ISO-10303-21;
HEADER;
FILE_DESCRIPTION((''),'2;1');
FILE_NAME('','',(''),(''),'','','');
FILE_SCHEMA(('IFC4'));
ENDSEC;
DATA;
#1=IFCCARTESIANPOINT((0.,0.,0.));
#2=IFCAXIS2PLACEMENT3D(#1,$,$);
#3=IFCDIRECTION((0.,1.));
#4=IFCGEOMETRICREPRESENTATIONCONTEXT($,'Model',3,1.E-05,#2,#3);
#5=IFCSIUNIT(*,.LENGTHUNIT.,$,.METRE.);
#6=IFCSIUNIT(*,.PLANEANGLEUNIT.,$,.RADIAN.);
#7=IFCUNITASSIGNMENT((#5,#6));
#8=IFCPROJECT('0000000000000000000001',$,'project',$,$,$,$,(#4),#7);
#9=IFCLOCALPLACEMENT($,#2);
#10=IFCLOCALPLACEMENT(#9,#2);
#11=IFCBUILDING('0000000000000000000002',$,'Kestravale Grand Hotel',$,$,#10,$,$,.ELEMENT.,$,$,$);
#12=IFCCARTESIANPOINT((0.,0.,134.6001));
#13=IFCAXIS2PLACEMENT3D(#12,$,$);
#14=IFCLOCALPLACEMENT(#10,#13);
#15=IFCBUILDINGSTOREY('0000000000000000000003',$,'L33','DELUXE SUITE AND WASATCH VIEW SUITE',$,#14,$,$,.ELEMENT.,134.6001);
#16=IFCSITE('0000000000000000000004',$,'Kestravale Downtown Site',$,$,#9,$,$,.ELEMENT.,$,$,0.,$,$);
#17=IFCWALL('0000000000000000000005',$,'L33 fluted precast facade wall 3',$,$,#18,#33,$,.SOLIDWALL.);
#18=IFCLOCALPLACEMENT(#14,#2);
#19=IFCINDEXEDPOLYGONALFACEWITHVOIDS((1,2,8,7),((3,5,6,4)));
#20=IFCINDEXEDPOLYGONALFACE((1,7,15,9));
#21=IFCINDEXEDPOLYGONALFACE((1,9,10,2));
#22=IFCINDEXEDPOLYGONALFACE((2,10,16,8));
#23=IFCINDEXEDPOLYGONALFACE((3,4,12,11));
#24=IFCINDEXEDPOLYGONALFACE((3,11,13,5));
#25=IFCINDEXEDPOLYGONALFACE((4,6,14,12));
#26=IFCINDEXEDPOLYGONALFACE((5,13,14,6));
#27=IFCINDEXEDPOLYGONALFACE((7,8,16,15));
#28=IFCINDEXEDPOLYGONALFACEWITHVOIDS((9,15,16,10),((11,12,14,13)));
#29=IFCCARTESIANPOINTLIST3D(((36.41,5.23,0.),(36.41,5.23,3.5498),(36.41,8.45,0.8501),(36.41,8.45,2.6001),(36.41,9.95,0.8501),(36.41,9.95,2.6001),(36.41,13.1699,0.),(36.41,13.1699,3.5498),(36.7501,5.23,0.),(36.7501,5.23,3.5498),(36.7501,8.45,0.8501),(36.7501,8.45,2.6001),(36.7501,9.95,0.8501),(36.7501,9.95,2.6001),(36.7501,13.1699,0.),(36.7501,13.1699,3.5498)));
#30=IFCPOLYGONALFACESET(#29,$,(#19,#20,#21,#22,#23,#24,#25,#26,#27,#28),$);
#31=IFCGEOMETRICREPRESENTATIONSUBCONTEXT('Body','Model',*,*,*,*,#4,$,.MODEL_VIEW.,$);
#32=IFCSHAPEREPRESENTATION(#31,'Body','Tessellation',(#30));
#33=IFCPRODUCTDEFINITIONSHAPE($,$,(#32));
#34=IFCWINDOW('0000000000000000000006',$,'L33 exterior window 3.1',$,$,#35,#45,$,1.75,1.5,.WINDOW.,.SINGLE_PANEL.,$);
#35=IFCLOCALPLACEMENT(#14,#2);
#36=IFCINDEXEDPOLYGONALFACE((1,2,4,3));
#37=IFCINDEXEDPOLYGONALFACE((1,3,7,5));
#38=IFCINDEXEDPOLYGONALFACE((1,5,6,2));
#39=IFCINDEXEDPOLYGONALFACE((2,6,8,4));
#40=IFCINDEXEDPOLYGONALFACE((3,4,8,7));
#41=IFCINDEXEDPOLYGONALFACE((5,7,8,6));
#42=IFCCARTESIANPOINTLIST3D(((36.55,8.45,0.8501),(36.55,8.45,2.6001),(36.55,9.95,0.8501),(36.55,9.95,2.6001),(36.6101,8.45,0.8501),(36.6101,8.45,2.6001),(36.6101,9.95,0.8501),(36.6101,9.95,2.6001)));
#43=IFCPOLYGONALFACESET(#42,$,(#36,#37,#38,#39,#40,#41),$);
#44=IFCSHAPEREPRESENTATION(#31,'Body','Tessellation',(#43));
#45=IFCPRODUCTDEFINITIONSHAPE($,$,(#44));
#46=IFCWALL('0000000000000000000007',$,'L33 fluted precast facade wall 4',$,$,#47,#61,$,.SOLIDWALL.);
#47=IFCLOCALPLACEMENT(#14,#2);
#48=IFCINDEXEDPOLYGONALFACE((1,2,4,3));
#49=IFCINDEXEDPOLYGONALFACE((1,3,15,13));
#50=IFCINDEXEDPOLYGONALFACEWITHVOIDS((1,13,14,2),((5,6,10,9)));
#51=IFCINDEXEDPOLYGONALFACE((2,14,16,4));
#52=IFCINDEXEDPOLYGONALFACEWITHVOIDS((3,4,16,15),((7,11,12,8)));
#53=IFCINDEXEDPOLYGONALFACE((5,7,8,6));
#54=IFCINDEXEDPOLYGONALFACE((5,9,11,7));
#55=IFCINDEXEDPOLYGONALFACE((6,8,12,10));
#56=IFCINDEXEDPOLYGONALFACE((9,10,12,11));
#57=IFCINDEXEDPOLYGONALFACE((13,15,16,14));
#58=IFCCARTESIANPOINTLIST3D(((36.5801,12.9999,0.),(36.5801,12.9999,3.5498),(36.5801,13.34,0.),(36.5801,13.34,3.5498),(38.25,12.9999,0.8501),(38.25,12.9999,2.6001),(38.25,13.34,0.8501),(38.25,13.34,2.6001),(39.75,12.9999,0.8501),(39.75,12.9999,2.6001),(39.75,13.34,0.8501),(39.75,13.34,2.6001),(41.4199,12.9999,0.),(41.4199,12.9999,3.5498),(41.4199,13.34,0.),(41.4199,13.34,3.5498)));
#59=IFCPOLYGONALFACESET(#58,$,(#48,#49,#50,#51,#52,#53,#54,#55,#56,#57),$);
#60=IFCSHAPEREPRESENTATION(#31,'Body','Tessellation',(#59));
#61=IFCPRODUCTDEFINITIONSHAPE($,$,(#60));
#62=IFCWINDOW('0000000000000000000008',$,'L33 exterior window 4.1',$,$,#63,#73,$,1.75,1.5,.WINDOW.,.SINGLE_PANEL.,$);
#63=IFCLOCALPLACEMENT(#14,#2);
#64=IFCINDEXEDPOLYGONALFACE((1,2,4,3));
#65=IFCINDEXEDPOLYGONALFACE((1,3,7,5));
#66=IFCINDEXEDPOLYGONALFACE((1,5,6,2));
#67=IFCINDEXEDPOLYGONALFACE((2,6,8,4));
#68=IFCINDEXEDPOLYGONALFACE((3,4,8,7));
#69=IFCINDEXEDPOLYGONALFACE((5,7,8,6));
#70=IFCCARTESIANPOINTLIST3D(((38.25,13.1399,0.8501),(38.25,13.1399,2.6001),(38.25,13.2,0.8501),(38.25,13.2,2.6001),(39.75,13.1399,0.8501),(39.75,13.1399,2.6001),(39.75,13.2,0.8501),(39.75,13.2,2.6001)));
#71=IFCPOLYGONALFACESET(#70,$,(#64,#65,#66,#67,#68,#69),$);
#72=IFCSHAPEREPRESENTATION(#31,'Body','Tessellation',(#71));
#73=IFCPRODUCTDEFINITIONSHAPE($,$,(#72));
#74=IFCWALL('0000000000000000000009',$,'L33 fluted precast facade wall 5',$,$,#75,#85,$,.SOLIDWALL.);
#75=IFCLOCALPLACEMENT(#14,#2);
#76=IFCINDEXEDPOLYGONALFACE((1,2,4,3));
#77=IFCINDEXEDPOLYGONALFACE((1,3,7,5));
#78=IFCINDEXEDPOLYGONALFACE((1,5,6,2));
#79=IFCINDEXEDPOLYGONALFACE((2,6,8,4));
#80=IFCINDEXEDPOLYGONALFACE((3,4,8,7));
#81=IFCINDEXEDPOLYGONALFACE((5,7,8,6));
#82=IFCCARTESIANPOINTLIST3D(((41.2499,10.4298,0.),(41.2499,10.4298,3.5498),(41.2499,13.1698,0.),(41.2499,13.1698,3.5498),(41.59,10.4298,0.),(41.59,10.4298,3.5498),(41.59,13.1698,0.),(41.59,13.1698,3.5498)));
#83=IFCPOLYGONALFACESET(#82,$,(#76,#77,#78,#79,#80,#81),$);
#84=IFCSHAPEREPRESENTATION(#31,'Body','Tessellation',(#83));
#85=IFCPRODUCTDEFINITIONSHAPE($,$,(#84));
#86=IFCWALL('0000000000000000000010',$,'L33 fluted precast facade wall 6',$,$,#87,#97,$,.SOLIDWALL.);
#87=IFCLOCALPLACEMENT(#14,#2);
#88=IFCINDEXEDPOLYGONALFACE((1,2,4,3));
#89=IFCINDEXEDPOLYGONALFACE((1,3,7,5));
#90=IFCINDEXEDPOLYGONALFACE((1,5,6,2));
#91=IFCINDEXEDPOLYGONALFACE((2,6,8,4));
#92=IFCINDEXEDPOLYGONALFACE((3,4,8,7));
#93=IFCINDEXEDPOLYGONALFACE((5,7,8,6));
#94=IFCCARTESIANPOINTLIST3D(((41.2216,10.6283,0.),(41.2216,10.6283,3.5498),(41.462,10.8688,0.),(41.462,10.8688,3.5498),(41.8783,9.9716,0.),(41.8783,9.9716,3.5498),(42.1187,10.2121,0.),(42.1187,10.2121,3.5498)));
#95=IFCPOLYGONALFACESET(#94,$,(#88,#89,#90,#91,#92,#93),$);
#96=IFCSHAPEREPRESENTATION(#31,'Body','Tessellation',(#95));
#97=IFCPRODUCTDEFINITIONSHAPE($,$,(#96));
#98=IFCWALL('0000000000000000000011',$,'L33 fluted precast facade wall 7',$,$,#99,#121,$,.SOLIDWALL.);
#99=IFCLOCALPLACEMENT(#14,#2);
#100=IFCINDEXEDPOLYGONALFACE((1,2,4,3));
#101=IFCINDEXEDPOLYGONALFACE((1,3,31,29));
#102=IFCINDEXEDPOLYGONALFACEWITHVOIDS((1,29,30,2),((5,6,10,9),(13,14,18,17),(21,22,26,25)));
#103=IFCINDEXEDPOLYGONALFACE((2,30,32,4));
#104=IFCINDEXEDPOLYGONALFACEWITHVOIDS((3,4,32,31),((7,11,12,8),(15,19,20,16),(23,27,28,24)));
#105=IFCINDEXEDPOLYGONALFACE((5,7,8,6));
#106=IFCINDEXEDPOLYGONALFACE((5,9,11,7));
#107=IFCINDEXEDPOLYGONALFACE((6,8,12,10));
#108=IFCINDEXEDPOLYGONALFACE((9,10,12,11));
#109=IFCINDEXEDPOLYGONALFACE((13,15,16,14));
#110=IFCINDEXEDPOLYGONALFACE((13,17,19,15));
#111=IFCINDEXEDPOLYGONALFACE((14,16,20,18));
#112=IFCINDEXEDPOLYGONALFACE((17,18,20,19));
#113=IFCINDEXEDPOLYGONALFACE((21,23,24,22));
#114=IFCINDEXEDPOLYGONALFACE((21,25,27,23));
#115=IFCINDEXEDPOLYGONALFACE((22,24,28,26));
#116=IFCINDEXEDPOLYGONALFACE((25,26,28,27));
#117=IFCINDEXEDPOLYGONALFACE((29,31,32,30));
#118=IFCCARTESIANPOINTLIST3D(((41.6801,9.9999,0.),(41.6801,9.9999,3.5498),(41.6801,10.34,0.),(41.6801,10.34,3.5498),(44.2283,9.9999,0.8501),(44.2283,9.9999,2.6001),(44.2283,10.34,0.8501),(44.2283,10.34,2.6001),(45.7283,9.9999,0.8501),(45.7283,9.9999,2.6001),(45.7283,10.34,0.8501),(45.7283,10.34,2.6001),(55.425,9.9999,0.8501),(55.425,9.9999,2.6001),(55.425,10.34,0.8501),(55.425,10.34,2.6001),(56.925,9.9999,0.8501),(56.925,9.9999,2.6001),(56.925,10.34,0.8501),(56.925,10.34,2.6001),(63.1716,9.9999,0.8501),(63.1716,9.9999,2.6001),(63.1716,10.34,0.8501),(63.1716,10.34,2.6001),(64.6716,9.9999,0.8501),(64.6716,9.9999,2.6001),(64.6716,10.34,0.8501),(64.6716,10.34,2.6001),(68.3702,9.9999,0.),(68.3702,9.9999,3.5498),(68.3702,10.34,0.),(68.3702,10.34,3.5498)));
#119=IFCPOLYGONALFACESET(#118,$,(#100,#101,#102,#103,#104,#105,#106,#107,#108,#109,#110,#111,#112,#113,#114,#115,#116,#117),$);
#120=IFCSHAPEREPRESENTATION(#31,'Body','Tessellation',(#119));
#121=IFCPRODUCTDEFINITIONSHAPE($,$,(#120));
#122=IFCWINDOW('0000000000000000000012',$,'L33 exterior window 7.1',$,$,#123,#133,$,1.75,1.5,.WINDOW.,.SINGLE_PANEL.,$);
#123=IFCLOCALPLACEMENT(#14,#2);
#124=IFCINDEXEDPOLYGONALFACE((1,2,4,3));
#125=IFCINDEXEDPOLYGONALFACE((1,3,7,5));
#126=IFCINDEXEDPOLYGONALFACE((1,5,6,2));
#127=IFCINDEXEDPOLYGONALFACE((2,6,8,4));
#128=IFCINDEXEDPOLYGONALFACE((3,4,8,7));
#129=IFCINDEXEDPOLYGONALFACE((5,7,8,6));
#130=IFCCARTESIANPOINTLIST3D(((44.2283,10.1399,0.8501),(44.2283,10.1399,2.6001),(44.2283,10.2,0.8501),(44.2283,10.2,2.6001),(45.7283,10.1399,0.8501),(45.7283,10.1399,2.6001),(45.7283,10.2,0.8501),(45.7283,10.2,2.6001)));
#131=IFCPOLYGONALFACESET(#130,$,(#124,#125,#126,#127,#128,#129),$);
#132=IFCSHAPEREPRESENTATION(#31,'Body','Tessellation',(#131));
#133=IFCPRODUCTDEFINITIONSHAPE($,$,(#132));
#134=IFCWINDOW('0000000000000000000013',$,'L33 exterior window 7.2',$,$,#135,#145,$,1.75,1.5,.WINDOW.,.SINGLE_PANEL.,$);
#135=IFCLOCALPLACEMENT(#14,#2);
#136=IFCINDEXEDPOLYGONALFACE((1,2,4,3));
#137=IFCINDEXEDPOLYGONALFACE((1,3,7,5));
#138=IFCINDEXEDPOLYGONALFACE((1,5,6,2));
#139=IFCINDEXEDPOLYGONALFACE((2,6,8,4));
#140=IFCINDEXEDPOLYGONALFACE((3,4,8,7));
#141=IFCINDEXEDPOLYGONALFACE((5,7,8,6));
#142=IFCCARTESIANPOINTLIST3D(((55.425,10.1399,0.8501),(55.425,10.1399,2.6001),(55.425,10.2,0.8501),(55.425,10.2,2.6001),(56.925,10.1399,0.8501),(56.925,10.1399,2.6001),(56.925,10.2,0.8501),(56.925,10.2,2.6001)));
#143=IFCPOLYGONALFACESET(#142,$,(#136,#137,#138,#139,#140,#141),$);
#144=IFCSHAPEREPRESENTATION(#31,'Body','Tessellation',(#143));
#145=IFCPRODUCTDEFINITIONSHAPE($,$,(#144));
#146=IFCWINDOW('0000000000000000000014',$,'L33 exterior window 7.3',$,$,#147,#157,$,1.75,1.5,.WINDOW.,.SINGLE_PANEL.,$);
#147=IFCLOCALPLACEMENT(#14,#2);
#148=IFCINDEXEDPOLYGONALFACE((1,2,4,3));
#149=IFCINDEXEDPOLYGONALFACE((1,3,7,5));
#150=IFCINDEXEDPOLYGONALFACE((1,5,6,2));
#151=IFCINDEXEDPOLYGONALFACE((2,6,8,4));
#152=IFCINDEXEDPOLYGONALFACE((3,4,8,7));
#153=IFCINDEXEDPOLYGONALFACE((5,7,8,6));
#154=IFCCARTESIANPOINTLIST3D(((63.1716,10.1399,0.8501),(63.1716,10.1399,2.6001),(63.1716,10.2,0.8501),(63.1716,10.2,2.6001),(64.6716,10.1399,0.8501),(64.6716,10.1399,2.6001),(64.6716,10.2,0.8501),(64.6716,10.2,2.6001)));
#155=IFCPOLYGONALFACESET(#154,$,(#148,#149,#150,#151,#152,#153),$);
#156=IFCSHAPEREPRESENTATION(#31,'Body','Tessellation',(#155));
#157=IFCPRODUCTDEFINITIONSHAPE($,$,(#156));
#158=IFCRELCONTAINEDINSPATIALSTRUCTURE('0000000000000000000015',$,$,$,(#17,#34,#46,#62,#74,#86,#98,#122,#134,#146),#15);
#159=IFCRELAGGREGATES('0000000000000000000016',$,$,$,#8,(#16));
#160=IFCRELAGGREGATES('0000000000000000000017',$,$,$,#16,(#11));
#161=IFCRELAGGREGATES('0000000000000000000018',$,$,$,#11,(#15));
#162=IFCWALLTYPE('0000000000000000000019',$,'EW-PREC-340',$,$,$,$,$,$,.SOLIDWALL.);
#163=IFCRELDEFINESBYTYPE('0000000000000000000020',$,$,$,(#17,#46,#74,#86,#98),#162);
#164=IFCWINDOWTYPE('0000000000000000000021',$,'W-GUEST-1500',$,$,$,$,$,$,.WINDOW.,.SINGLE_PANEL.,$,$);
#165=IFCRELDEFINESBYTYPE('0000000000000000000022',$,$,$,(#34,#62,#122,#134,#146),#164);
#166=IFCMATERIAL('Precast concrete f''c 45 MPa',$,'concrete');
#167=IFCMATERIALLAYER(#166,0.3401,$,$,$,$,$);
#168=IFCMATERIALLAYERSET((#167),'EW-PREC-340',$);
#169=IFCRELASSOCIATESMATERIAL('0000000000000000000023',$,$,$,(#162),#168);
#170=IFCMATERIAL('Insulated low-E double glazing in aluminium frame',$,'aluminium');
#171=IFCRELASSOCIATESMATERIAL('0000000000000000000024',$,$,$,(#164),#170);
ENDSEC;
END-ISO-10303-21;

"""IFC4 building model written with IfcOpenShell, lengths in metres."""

from ifc_helpers import new_model, si_unit, direction, frame, frame_2d, origin, place, context, subcontext, project, spatial, rectangle, extrude, material, layer, layer_set, type_object, element, fill, save


model = new_model("IFC4")

# Units and contexts
model_context = context("Model", 3, precision=1e-05, world=origin(), true_north=direction((0.0, 1.0)))
body_context = subcontext(model_context, "Body", "Model", "MODEL_VIEW")
ifc_project = project(units=[si_unit("LENGTHUNIT", "METRE"), si_unit("PLANEANGLEUNIT", "RADIAN")], contexts=[model_context])

# Site, building, storey
site_placement = place(None, origin())
site = spatial("IfcSite", under=ifc_project, at=site_placement, Name="Kestravale Downtown Site", CompositionType="ELEMENT", RefElevation=0.0)
building_placement = place(site_placement, origin())
building = spatial("IfcBuilding", under=site, at=building_placement, Name="Kestravale Grand Hotel", CompositionType="ELEMENT")
storey_placement = place(building_placement, frame((0.0, 0.0, 134.6001)))
storey = spatial("IfcBuildingStorey", under=building, at=storey_placement, Name="L33", Description="DELUXE SUITE AND WASATCH VIEW SUITE", CompositionType="ELEMENT", Elevation=134.6001)

# Shared definitions
ifc_material_1 = material(Name="Precast concrete f'c 45 MPa", Category="concrete")
ifc_layer_1 = layer(ifc_material_1, 0.3401)
ifc_layer_set_1 = layer_set([ifc_layer_1], Name="EW-PREC-340")
wall_type_1 = type_object("IfcWallType", Name="EW-PREC-340", PredefinedType="SOLIDWALL", material=ifc_layer_set_1)

# Walls, openings, windows
wall_1_placement = place(storey_placement, frame((36.5801, 5.23, 0.0), z_axis=(0.0, 0.0, 1.0), x_axis=(0.0, 1.0, 0.0)))
wall_1 = element("IfcWall", 1, at=wall_1_placement, inside=storey, type_object=wall_type_1, Name="L33 fluted precast facade wall 3", PredefinedType="SOLIDWALL", context=body_context, shape_type="SweptSolid", body=[
    extrude(rectangle(XDim=7.9399, YDim=0.3401, at=frame_2d((3.97, 0.0))), origin(), (0.0, 0.0, 1.0), 3.5498),
])
opening_1_placement = place(wall_1_placement, frame((3.22, 0.0, 0.8501)))
opening_1 = element("IfcOpeningElement", 2, at=opening_1_placement, cuts=wall_1, PredefinedType="OPENING", context=body_context, shape_type="SweptSolid", body=[
    extrude(rectangle(XDim=1.5, YDim=1.75, at=frame_2d((0.75, 0.875))), frame((0.0, 0.1799, 0.0), z_axis=(0.0, -1.0, 0.0), x_axis=(1.0, 0.0, 0.0)), (0.0, 0.0, 1.0), 0.3601),
])
ifc_material_2 = material(Name="Insulated low-E double glazing in aluminium frame", Category="aluminium")
window_type = type_object("IfcWindowType", Name="W-GUEST-1500", PartitioningType="SINGLE_PANEL", PredefinedType="WINDOW", material=ifc_material_2)
window_1_placement = place(opening_1_placement, origin())
window_1 = element("IfcWindow", 3, at=window_1_placement, inside=storey, type_object=window_type, Name="L33 exterior window 3.1", OverallHeight=1.75, OverallWidth=1.5, PartitioningType="SINGLE_PANEL", PredefinedType="WINDOW", context=body_context, shape_type="SweptSolid", body=[
    extrude(rectangle(XDim=1.5, YDim=1.75, at=frame_2d((0.75, 0.875))), frame((0.0, 0.03, 0.0), z_axis=(0.0, -1.0, 0.0), x_axis=(1.0, 0.0, 0.0)), (0.0, 0.0, 1.0), 0.0601),
])
fill(opening_1, window_1)
wall_2_placement = place(storey_placement, frame((36.5801, 13.1699, 0.0), z_axis=(0.0, 0.0, 1.0), x_axis=(1.0, 0.0, 0.0)))
wall_2 = element("IfcWall", 4, at=wall_2_placement, inside=storey, type_object=wall_type_1, Name="L33 fluted precast facade wall 4", PredefinedType="SOLIDWALL", context=body_context, shape_type="SweptSolid", body=[
    extrude(rectangle(XDim=4.8398, YDim=0.3401, at=frame_2d((2.4199, 0.0))), origin(), (0.0, 0.0, 1.0), 3.5498),
])
opening_2_placement = place(wall_2_placement, frame((1.6699, 0.0, 0.8501)))
opening_2 = element("IfcOpeningElement", 5, at=opening_2_placement, cuts=wall_2, PredefinedType="OPENING", context=body_context, shape_type="SweptSolid", body=[
    extrude(rectangle(XDim=1.5, YDim=1.75, at=frame_2d((0.75, 0.875))), frame((0.0, 0.1799, 0.0), z_axis=(0.0, -1.0, 0.0), x_axis=(1.0, 0.0, 0.0)), (0.0, 0.0, 1.0), 0.3601),
])
window_2_placement = place(opening_2_placement, origin())
window_2 = element("IfcWindow", 6, at=window_2_placement, inside=storey, type_object=window_type, Name="L33 exterior window 4.1", OverallHeight=1.75, OverallWidth=1.5, PartitioningType="SINGLE_PANEL", PredefinedType="WINDOW", context=body_context, shape_type="SweptSolid", body=[
    extrude(rectangle(XDim=1.5, YDim=1.75, at=frame_2d((0.75, 0.875))), frame((0.0, 0.03, 0.0), z_axis=(0.0, -1.0, 0.0), x_axis=(1.0, 0.0, 0.0)), (0.0, 0.0, 1.0), 0.0601),
])
fill(opening_2, window_2)

# Walls
wall_3_placement = place(storey_placement, frame((41.4199, 13.1699, 0.0), z_axis=(0.0, 0.0, 1.0), x_axis=(0.0, -1.0, 0.0)))
element("IfcWall", 7, at=wall_3_placement, inside=storey, type_object=wall_type_1, Name="L33 fluted precast facade wall 5", PredefinedType="SOLIDWALL", context=body_context, shape_type="SweptSolid", body=[
    extrude(rectangle(XDim=2.74, YDim=0.3401, at=frame_2d((1.3701, 0.0))), origin(), (0.0, 0.0, 1.0), 3.5498),
])
wall_4_placement = place(storey_placement, frame((41.3418, 10.7485, 0.0), z_axis=(0.0, 0.0, 1.0), x_axis=(0.707107, -0.707107, 0.0)))
element("IfcWall", 8, at=wall_4_placement, inside=storey, type_object=wall_type_1, Name="L33 fluted precast facade wall 6", PredefinedType="SOLIDWALL", context=body_context, shape_type="SweptSolid", body=[
    extrude(rectangle(XDim=0.9287, YDim=0.3401, at=frame_2d((0.4644, 0.0))), origin(), (0.0, 0.0, 1.0), 3.5498),
])

# Wall, openings, windows
wall_5_placement = place(storey_placement, frame((41.6799, 10.1699, 0.0), z_axis=(0.0, 0.0, 1.0), x_axis=(1.0, 0.0, 0.0)))
wall_5 = element("IfcWall", 9, at=wall_5_placement, inside=storey, type_object=wall_type_1, Name="L33 fluted precast facade wall 7", PredefinedType="SOLIDWALL", context=body_context, shape_type="SweptSolid", body=[
    extrude(rectangle(XDim=26.6902, YDim=0.3401, at=frame_2d((13.3452, 0.0))), origin(), (0.0, 0.0, 1.0), 3.5498),
])
opening_3_placement = place(wall_5_placement, frame((2.5483, 0.0, 0.8501)))
opening_3 = element("IfcOpeningElement", 10, at=opening_3_placement, cuts=wall_5, PredefinedType="OPENING", context=body_context, shape_type="SweptSolid", body=[
    extrude(rectangle(XDim=1.5, YDim=1.75, at=frame_2d((0.75, 0.875))), frame((0.0, 0.1799, 0.0), z_axis=(0.0, -1.0, 0.0), x_axis=(1.0, 0.0, 0.0)), (0.0, 0.0, 1.0), 0.3601),
])
opening_4_placement = place(wall_5_placement, frame((13.7451, 0.0, 0.8501)))
opening_4 = element("IfcOpeningElement", 11, at=opening_4_placement, cuts=wall_5, PredefinedType="OPENING", context=body_context, shape_type="SweptSolid", body=[
    extrude(rectangle(XDim=1.5, YDim=1.75, at=frame_2d((0.75, 0.875))), frame((0.0, 0.1799, 0.0), z_axis=(0.0, -1.0, 0.0), x_axis=(1.0, 0.0, 0.0)), (0.0, 0.0, 1.0), 0.3601),
])
opening_5_placement = place(wall_5_placement, frame((21.4917, 0.0, 0.8501)))
opening_5 = element("IfcOpeningElement", 12, at=opening_5_placement, cuts=wall_5, PredefinedType="OPENING", context=body_context, shape_type="SweptSolid", body=[
    extrude(rectangle(XDim=1.5, YDim=1.75, at=frame_2d((0.75, 0.875))), frame((0.0, 0.1799, 0.0), z_axis=(0.0, -1.0, 0.0), x_axis=(1.0, 0.0, 0.0)), (0.0, 0.0, 1.0), 0.3601),
])
window_3_placement = place(opening_3_placement, origin())
window_3 = element("IfcWindow", 13, at=window_3_placement, inside=storey, type_object=window_type, Name="L33 exterior window 7.1", OverallHeight=1.75, OverallWidth=1.5, PartitioningType="SINGLE_PANEL", PredefinedType="WINDOW", context=body_context, shape_type="SweptSolid", body=[
    extrude(rectangle(XDim=1.5, YDim=1.75, at=frame_2d((0.75, 0.875))), frame((0.0, 0.03, 0.0), z_axis=(0.0, -1.0, 0.0), x_axis=(1.0, 0.0, 0.0)), (0.0, 0.0, 1.0), 0.0601),
])
fill(opening_3, window_3)
window_4_placement = place(opening_4_placement, origin())
window_4 = element("IfcWindow", 14, at=window_4_placement, inside=storey, type_object=window_type, Name="L33 exterior window 7.2", OverallHeight=1.75, OverallWidth=1.5, PartitioningType="SINGLE_PANEL", PredefinedType="WINDOW", context=body_context, shape_type="SweptSolid", body=[
    extrude(rectangle(XDim=1.5, YDim=1.75, at=frame_2d((0.75, 0.875))), frame((0.0, 0.03, 0.0), z_axis=(0.0, -1.0, 0.0), x_axis=(1.0, 0.0, 0.0)), (0.0, 0.0, 1.0), 0.0601),
])
fill(opening_4, window_4)
window_5_placement = place(opening_5_placement, origin())
window_5 = element("IfcWindow", 15, at=window_5_placement, inside=storey, type_object=window_type, Name="L33 exterior window 7.3", OverallHeight=1.75, OverallWidth=1.5, PartitioningType="SINGLE_PANEL", PredefinedType="WINDOW", context=body_context, shape_type="SweptSolid", body=[
    extrude(rectangle(XDim=1.5, YDim=1.75, at=frame_2d((0.75, 0.875))), frame((0.0, 0.03, 0.0), z_axis=(0.0, -1.0, 0.0), x_axis=(1.0, 0.0, 0.0)), (0.0, 0.0, 1.0), 0.0601),
])
fill(opening_5, window_5)

save(model, "model.ifc")
